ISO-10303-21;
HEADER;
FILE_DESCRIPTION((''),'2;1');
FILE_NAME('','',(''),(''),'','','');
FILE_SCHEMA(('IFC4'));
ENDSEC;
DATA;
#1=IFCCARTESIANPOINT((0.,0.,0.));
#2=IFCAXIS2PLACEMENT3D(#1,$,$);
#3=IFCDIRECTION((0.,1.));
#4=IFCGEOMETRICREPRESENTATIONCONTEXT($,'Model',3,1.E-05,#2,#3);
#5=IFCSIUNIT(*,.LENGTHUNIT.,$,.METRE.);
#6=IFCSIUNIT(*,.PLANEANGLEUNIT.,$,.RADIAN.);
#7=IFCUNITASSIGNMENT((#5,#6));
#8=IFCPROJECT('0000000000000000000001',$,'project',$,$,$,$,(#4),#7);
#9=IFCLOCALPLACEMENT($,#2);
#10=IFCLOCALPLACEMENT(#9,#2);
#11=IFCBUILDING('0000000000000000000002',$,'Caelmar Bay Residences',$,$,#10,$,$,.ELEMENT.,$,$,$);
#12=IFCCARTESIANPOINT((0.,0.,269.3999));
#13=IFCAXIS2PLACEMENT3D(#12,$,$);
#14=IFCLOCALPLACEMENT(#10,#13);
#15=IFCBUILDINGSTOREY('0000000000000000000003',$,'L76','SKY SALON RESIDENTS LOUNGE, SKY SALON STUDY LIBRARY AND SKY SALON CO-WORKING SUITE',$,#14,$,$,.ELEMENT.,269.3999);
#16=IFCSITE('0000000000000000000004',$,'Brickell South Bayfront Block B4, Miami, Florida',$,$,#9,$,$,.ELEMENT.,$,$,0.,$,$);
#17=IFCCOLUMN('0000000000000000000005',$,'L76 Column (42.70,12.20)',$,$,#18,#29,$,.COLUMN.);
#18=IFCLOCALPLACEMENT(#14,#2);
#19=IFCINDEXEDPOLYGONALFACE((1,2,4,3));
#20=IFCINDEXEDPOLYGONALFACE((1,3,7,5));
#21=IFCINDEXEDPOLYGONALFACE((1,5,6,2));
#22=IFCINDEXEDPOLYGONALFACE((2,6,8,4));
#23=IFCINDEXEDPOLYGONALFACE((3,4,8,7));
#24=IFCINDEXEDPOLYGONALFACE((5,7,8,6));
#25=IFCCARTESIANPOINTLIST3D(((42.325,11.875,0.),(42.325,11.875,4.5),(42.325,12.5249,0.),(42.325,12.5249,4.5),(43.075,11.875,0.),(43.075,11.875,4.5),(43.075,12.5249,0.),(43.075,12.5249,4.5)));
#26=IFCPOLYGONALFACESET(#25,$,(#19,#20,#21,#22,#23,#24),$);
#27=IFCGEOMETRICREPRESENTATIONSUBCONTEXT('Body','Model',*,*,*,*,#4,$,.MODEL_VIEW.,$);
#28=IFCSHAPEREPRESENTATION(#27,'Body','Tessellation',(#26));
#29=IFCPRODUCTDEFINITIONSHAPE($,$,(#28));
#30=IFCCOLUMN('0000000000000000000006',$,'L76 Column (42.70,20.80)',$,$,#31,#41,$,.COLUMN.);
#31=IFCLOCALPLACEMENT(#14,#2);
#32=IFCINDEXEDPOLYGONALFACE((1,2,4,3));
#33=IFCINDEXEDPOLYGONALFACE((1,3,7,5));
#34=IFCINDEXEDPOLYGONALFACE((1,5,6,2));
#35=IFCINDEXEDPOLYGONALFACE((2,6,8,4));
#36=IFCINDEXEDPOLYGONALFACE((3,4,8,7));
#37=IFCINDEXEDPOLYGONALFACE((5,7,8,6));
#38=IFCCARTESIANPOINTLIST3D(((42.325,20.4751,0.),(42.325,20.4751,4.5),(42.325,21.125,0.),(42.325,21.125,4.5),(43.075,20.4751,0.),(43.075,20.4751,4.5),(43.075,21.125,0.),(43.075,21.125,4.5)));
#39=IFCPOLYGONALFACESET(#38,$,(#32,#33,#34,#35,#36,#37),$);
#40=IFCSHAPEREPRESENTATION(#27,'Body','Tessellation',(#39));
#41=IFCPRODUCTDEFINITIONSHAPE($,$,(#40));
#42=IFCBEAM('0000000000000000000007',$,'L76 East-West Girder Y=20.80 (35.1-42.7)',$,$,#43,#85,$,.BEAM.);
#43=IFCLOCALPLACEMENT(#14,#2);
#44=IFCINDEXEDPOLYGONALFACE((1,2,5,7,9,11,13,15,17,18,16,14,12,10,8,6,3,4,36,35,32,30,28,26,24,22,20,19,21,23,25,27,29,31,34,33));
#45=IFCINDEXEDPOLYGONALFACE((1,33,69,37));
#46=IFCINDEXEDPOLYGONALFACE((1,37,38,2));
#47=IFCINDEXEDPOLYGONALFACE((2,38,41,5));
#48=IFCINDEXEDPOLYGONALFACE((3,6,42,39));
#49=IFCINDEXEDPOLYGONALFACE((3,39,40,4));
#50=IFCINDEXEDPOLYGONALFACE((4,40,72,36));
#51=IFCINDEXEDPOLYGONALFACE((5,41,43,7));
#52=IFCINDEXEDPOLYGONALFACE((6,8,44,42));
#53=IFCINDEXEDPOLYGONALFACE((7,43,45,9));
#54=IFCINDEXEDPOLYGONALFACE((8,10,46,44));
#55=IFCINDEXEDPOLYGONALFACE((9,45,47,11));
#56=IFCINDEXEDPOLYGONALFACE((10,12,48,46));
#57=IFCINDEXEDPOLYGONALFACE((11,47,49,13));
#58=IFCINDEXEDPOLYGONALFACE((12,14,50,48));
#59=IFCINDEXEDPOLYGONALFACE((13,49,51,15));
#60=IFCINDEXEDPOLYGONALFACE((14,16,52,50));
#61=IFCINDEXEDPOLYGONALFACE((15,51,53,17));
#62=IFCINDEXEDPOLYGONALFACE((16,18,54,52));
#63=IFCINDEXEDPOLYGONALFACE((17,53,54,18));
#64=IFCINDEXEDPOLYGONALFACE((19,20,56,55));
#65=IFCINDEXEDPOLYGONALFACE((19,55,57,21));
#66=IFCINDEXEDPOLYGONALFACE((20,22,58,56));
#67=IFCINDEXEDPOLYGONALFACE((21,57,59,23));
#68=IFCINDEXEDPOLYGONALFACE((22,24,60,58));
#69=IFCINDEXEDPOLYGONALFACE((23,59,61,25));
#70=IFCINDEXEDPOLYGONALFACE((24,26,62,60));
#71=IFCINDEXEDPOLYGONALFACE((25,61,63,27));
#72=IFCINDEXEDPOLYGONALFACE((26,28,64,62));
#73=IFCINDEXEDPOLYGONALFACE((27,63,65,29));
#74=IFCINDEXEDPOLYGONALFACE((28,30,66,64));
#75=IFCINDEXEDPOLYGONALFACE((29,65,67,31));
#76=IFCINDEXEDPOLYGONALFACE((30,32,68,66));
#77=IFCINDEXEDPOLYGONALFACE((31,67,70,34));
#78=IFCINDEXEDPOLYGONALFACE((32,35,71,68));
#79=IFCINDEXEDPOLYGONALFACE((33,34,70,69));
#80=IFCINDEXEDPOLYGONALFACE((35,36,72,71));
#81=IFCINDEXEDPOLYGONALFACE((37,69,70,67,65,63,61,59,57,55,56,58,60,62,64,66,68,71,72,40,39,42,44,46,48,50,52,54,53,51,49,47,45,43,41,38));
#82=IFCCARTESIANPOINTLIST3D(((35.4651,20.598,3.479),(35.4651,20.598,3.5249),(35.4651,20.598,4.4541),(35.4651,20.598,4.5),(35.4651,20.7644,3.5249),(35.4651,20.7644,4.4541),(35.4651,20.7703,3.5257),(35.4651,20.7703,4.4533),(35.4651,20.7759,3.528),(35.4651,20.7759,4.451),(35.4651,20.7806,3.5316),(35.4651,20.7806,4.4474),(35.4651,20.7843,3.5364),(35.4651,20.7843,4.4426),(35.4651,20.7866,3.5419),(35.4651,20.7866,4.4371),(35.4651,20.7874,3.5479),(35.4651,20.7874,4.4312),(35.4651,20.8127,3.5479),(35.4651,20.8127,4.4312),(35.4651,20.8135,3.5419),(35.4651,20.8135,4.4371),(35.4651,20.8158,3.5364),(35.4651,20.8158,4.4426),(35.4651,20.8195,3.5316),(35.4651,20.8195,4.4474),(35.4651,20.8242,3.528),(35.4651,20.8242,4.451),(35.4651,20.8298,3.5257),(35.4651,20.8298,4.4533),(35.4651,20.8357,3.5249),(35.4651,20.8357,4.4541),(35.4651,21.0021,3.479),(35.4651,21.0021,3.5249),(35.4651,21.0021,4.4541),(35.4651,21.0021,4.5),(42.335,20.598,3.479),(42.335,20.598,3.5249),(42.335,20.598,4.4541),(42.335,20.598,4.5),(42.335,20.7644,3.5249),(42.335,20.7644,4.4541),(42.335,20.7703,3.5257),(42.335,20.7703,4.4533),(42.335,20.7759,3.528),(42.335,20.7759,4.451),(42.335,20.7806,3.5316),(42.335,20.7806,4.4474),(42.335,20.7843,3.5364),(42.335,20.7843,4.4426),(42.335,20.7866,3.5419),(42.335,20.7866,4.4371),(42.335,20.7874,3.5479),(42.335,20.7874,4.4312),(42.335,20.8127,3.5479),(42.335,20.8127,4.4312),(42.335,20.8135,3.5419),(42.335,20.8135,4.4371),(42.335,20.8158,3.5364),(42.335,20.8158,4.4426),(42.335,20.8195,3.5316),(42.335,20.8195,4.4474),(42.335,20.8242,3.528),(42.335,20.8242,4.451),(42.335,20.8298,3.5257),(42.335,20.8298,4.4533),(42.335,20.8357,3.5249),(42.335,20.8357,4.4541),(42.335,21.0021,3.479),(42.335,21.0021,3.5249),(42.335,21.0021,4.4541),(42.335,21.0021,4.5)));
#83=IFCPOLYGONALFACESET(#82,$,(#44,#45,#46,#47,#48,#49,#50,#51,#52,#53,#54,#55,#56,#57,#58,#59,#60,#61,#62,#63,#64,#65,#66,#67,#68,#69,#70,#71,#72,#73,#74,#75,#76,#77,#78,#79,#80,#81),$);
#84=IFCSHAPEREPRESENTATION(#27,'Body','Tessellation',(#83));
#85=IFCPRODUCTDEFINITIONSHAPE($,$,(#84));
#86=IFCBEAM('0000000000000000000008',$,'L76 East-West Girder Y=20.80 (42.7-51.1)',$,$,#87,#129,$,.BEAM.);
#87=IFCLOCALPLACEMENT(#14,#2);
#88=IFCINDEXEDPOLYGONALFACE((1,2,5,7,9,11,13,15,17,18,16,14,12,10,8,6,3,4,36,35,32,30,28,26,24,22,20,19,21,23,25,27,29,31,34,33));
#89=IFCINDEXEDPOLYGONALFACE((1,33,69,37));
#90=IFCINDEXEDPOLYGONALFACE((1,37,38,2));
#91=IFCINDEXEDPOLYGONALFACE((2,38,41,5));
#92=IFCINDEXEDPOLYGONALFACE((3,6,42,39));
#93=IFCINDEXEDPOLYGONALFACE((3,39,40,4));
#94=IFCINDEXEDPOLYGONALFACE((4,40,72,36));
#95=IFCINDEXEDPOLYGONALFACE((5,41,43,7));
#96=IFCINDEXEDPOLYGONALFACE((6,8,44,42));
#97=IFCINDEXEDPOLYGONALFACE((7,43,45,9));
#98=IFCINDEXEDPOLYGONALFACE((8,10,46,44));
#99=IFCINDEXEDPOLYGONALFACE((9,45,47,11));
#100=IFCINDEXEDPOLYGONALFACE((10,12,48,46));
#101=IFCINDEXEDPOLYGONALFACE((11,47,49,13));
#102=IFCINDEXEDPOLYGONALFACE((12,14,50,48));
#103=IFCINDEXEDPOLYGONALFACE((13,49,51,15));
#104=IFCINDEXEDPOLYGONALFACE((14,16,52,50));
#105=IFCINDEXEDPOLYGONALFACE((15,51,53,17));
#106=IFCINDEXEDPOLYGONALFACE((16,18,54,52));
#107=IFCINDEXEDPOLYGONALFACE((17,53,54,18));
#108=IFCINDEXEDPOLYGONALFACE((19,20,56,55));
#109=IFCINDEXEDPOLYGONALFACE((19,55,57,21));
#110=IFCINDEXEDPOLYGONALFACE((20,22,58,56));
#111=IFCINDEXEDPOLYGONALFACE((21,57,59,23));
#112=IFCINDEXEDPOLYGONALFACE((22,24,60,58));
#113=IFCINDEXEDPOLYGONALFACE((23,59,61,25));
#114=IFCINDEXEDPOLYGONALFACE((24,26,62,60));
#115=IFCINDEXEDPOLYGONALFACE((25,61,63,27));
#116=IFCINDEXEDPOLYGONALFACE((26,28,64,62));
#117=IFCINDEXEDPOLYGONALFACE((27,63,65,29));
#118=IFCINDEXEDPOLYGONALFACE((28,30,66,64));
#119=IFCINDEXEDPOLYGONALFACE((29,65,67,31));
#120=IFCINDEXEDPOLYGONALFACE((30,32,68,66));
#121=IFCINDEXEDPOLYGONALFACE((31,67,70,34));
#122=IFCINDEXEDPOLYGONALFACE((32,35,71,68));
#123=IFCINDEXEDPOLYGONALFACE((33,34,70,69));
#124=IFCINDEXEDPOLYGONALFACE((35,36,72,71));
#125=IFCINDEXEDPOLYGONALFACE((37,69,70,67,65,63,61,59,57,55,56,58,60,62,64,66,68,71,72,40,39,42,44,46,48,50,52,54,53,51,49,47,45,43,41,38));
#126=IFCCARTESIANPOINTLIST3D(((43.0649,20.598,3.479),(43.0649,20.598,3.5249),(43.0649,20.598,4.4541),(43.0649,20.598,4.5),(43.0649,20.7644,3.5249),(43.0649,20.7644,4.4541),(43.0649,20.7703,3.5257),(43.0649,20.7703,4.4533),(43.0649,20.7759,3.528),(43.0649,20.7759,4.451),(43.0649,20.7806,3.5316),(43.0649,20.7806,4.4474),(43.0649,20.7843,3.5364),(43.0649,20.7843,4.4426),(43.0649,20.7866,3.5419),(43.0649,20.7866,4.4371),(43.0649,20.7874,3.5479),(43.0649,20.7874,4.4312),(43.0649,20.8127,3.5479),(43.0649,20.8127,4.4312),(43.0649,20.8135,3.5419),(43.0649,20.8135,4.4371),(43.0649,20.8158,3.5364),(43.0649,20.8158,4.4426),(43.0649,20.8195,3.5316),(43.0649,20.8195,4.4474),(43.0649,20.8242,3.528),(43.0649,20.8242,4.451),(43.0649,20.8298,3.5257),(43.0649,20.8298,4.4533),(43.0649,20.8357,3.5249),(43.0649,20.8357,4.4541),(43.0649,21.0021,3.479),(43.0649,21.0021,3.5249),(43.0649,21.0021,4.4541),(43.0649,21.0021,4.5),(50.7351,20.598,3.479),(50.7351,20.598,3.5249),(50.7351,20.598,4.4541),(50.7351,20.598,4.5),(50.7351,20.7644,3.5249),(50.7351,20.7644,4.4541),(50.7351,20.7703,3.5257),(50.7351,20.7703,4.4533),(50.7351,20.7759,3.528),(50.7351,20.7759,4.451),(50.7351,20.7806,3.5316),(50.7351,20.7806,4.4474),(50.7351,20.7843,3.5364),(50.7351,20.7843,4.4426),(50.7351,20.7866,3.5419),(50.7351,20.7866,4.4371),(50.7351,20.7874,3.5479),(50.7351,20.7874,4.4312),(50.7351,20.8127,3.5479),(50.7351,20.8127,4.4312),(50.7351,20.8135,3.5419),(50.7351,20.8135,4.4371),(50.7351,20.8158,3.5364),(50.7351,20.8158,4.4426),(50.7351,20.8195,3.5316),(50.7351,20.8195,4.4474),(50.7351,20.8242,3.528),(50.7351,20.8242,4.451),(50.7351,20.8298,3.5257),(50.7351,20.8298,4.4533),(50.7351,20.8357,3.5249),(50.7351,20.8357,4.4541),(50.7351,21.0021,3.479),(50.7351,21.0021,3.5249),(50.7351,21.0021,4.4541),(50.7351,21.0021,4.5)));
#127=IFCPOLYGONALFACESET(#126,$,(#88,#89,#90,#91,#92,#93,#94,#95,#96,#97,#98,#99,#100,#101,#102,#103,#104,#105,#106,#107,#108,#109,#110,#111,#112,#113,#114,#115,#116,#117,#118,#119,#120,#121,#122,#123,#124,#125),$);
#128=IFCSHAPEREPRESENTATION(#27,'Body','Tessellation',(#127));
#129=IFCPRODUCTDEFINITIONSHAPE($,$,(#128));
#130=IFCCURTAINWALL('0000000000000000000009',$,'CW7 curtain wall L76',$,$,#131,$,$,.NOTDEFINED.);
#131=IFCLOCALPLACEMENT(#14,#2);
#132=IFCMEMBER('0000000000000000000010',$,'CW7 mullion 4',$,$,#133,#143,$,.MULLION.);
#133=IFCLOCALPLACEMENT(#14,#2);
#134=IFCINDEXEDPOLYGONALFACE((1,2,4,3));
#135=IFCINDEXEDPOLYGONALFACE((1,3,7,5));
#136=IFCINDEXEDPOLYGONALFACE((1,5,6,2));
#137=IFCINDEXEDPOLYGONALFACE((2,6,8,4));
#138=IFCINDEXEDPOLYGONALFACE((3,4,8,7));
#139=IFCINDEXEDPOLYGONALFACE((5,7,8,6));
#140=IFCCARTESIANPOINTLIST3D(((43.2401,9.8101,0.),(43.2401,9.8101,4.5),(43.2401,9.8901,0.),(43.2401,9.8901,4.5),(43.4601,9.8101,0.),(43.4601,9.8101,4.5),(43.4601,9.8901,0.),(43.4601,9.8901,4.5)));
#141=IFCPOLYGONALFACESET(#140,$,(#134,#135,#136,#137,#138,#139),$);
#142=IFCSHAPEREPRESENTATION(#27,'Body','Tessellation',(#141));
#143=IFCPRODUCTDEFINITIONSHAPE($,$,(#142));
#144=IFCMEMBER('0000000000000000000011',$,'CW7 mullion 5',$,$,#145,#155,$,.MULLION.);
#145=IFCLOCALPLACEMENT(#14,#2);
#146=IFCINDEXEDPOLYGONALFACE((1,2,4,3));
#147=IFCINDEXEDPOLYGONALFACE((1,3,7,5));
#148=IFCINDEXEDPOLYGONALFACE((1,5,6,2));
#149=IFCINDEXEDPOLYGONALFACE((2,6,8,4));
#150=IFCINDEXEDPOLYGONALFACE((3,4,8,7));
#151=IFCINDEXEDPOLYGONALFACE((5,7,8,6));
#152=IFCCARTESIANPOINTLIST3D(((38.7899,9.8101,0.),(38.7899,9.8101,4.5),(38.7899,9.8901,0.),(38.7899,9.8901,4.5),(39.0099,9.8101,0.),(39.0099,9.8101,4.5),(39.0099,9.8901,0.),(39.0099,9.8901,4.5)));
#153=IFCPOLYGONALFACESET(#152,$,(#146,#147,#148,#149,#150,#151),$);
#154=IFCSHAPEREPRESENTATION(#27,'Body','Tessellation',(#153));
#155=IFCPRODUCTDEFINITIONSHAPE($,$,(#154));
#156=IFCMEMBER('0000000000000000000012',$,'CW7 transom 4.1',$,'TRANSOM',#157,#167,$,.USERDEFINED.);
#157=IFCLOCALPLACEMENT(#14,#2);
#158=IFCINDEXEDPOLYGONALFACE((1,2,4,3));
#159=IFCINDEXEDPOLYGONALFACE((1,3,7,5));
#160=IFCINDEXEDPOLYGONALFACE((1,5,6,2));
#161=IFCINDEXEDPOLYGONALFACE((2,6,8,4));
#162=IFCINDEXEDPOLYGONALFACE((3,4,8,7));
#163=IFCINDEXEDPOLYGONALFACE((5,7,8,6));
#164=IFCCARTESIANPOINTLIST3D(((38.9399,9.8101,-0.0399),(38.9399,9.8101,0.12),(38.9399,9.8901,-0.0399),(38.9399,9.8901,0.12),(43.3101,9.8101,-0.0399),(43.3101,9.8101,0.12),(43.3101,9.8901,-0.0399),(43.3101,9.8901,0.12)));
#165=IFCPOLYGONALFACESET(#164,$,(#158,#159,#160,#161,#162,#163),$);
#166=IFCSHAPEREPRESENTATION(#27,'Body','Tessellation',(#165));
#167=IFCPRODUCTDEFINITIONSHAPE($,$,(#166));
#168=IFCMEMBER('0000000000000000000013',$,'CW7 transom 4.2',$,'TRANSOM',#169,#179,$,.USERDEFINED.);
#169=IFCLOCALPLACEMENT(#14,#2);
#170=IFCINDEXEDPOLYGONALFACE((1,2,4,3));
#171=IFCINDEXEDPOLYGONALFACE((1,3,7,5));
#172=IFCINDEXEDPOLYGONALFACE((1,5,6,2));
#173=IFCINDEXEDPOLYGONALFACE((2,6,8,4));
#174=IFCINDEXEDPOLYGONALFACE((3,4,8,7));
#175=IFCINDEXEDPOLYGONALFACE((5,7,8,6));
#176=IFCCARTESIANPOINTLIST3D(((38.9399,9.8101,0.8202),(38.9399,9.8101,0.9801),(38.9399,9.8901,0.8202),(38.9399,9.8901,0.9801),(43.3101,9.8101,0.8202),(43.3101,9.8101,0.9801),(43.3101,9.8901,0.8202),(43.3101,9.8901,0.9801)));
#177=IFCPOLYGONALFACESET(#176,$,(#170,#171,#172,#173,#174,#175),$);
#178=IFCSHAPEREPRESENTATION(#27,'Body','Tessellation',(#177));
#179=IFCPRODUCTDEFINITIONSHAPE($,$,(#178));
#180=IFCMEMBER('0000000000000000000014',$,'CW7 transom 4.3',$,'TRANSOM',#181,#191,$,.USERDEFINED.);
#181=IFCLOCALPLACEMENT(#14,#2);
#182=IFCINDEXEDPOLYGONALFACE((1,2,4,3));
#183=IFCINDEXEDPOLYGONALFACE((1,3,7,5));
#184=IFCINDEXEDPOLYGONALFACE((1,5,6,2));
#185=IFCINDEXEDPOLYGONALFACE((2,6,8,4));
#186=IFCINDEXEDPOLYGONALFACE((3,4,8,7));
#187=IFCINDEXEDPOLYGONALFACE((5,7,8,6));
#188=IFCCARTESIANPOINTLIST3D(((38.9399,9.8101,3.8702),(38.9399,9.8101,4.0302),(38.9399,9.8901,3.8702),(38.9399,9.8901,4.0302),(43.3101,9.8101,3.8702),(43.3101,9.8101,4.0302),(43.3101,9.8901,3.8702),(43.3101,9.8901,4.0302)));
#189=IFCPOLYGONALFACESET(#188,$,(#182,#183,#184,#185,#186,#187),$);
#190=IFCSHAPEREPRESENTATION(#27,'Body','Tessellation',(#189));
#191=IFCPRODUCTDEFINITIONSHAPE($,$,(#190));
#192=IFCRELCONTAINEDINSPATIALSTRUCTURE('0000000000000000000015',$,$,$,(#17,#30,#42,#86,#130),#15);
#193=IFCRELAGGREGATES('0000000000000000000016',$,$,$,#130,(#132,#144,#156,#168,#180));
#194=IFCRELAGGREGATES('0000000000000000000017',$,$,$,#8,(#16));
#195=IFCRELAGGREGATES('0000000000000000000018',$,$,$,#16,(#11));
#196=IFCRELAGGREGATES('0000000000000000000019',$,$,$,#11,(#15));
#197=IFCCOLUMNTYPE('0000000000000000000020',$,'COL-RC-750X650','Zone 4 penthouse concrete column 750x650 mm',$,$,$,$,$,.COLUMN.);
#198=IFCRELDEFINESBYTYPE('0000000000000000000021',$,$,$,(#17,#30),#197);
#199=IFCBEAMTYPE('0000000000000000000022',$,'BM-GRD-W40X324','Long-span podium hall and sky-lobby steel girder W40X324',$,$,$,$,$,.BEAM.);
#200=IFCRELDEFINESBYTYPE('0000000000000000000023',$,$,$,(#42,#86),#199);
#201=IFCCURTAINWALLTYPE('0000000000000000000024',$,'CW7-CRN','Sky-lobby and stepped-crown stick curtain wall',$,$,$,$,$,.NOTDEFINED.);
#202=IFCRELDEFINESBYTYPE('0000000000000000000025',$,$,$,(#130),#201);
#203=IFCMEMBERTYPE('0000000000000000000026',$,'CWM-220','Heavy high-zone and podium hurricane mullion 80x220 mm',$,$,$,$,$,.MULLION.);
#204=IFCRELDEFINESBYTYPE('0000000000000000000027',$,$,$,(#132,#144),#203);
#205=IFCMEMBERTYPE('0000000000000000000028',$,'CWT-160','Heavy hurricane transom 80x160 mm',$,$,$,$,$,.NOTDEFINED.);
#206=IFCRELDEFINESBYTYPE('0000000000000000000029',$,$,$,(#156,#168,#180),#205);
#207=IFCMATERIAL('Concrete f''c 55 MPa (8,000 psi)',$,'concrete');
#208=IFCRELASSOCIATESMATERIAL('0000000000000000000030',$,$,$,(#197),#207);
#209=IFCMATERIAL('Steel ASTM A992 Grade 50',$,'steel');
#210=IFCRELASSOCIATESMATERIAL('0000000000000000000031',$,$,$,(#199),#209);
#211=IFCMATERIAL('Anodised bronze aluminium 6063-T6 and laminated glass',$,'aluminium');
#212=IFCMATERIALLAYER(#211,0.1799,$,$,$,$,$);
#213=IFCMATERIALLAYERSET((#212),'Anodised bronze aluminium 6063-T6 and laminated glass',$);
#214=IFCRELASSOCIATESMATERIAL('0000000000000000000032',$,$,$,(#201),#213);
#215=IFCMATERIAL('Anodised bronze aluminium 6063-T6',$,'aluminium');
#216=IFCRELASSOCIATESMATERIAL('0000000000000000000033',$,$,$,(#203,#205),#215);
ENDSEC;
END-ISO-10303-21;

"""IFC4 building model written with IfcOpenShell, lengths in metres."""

from ifc_helpers import new_model, si_unit, direction, frame, origin, origin_2d, place, context, subcontext, project, spatial, rectangle, i_section, extrude, material, layer, layer_set, material_profile, profile_set, type_object, element, aggregate, save


model = new_model("IFC4")

# Units and contexts
model_context = context("Model", 3, precision=1e-05, world=origin(), true_north=direction((0.0, 1.0)))
body_context = subcontext(model_context, "Body", "Model", "MODEL_VIEW")
ifc_project = project(units=[si_unit("LENGTHUNIT", "METRE"), si_unit("PLANEANGLEUNIT", "RADIAN")], contexts=[model_context])

# Site, building, storey
site_placement = place(None, origin())
site = spatial("IfcSite", under=ifc_project, at=site_placement, Name="Brickell South Bayfront Block B4, Miami, Florida", CompositionType="ELEMENT", RefElevation=0.0)
building_placement = place(site_placement, origin())
building = spatial("IfcBuilding", under=site, at=building_placement, Name="Caelmar Bay Residences", CompositionType="ELEMENT")
storey_placement = place(building_placement, frame((0.0, 0.0, 269.3999)))
storey = spatial("IfcBuildingStorey", under=building, at=storey_placement, Name="L76", Description="SKY SALON RESIDENTS LOUNGE, SKY SALON STUDY LIBRARY AND SKY SALON CO-WORKING SUITE", CompositionType="ELEMENT", Elevation=269.3999)

# Columns
ifc_material_1 = material(Name="Concrete f'c 55 MPa (8,000 psi)", Category="concrete")
ifc_material_profile_1 = material_profile(ifc_material_1, rectangle(XDim=0.75, YDim=0.6499, at=origin_2d()), Name="RC-COL-750X650")
ifc_profile_set_1 = profile_set([ifc_material_profile_1], Name="Concrete f'c 55 MPa (8,000 psi)")
column_type = type_object("IfcColumnType", Name="COL-RC-750X650", Description="Zone 4 penthouse concrete column 750x650 mm", PredefinedType="COLUMN", material=ifc_profile_set_1)
for number, where, z_axis, x_axis, name in (
    (1, (42.7, 12.2, 0.0), (0.0, 0.0, 1.0), (1.0, 0.0, 0.0), "L76 Column (42.70,12.20)"),
    (2, (42.7, 20.8, 0.0), (0.0, 0.0, 1.0), (1.0, 0.0, 0.0), "L76 Column (42.70,20.80)"),
):
    element("IfcColumn", number, at=place(storey_placement, frame(where, z_axis=z_axis, x_axis=x_axis)), inside=storey, type_object=column_type, Name=name, PredefinedType="COLUMN", context=body_context, shape_type="SweptSolid", body=[
        extrude(rectangle(XDim=0.75, YDim=0.6499, at=origin_2d()), origin(), (0.0, 0.0, 1.0), 4.5),
    ])

# Beams
ifc_material_2 = material(Name="Steel ASTM A992 Grade 50", Category="steel")
ifc_material_profile_2 = material_profile(ifc_material_2, i_section(OverallWidth=0.4041, OverallDepth=1.021, WebThickness=0.0254, FlangeThickness=0.0459, FilletRadius=0.0229, at=origin_2d()), Name="W40X324")
ifc_profile_set_2 = profile_set([ifc_material_profile_2], Name="Steel ASTM A992 Grade 50")
beam_type = type_object("IfcBeamType", Name="BM-GRD-W40X324", Description="Long-span podium hall and sky-lobby steel girder W40X324", PredefinedType="BEAM", material=ifc_profile_set_2)
beam_1_placement = place(storey_placement, frame((35.4651, 20.8, 3.9895), z_axis=(1.0, 0.0, 0.0), x_axis=(0.0, 1.0, 0.0)))
element("IfcBeam", 3, at=beam_1_placement, inside=storey, type_object=beam_type, Name="L76 East-West Girder Y=20.80 (35.1-42.7)", PredefinedType="BEAM", context=body_context, shape_type="SweptSolid", body=[
    extrude(i_section(OverallWidth=0.4041, OverallDepth=1.021, WebThickness=0.0254, FlangeThickness=0.0459, FilletRadius=0.0229, at=origin_2d()), origin(), (0.0, 0.0, 1.0), 6.8699),
])
beam_2_placement = place(storey_placement, frame((43.0649, 20.8, 3.9895), z_axis=(1.0, 0.0, 0.0), x_axis=(0.0, 1.0, 0.0)))
element("IfcBeam", 4, at=beam_2_placement, inside=storey, type_object=beam_type, Name="L76 East-West Girder Y=20.80 (42.7-51.1)", PredefinedType="BEAM", context=body_context, shape_type="SweptSolid", body=[
    extrude(i_section(OverallWidth=0.4041, OverallDepth=1.021, WebThickness=0.0254, FlangeThickness=0.0459, FilletRadius=0.0229, at=origin_2d()), origin(), (0.0, 0.0, 1.0), 7.6702),
])

# Curtain wall, members
ifc_material_3 = material(Name="Anodised bronze aluminium 6063-T6 and laminated glass", Category="aluminium")
ifc_layer_1 = layer(ifc_material_3, 0.1799)
ifc_layer_set_1 = layer_set([ifc_layer_1], Name="Anodised bronze aluminium 6063-T6 and laminated glass")
curtain_wall_type = type_object("IfcCurtainWallType", Name="CW7-CRN", Description="Sky-lobby and stepped-crown stick curtain wall", PredefinedType="NOTDEFINED", material=ifc_layer_set_1)
curtain_wall_placement = place(storey_placement, origin())
curtain_wall = element("IfcCurtainWall", 5, at=curtain_wall_placement, inside=storey, type_object=curtain_wall_type, Name="CW7 curtain wall L76", PredefinedType="NOTDEFINED")
ifc_material_4 = material(Name="Anodised bronze aluminium 6063-T6", Category="aluminium")
ifc_material_profile_3 = material_profile(ifc_material_4, rectangle(XDim=0.0801, YDim=0.22, at=origin_2d()), Name="CWM-80X220")
ifc_profile_set_3 = profile_set([ifc_material_profile_3], Name="Anodised bronze aluminium 6063-T6")
member_type_1 = type_object("IfcMemberType", Name="CWM-220", Description="Heavy high-zone and podium hurricane mullion 80x220 mm", PredefinedType="MULLION", material=ifc_profile_set_3)
member_1_placement = place(storey_placement, frame((43.3501, 9.8501, 0.0), z_axis=(0.0, 0.0, 1.0), x_axis=(0.0, -1.0, 0.0)))
member_1 = element("IfcMember", 6, at=member_1_placement, type_object=member_type_1, Name="CW7 mullion 4", PredefinedType="MULLION", context=body_context, shape_type="SweptSolid", body=[
    extrude(rectangle(XDim=0.0801, YDim=0.22, at=origin_2d()), origin(), (0.0, 0.0, 1.0), 4.5),
])
member_2_placement = place(storey_placement, frame((38.8999, 9.8501, 0.0), z_axis=(0.0, 0.0, 1.0), x_axis=(0.0, -1.0, 0.0)))
member_2 = element("IfcMember", 7, at=member_2_placement, type_object=member_type_1, Name="CW7 mullion 5", PredefinedType="MULLION", context=body_context, shape_type="SweptSolid", body=[
    extrude(rectangle(XDim=0.0801, YDim=0.22, at=origin_2d()), origin(), (0.0, 0.0, 1.0), 4.5),
])
ifc_material_profile_4 = material_profile(ifc_material_4, rectangle(XDim=0.0801, YDim=0.1599, at=origin_2d()), Name="CWT-80X160")
ifc_profile_set_4 = profile_set([ifc_material_profile_4], Name="Anodised bronze aluminium 6063-T6")
member_type_2 = type_object("IfcMemberType", Name="CWT-160", Description="Heavy hurricane transom 80x160 mm", PredefinedType="NOTDEFINED", material=ifc_profile_set_4)
member_3_placement = place(storey_placement, frame((43.3101, 9.8501, 0.04), z_axis=(-1.0, 0.0, 0.0), x_axis=(0.0, -1.0, 0.0)))
member_3 = element("IfcMember", 8, at=member_3_placement, type_object=member_type_2, Name="CW7 transom 4.1", ObjectType="TRANSOM", PredefinedType="USERDEFINED", context=body_context, shape_type="SweptSolid", body=[
    extrude(rectangle(XDim=0.0801, YDim=0.1599, at=origin_2d()), origin(), (0.0, 0.0, 1.0), 4.3701),
])
member_4_placement = place(storey_placement, frame((43.3101, 9.8501, 0.9001), z_axis=(-1.0, 0.0, 0.0), x_axis=(0.0, -1.0, 0.0)))
member_4 = element("IfcMember", 9, at=member_4_placement, type_object=member_type_2, Name="CW7 transom 4.2", ObjectType="TRANSOM", PredefinedType="USERDEFINED", context=body_context, shape_type="SweptSolid", body=[
    extrude(rectangle(XDim=0.0801, YDim=0.1599, at=origin_2d()), origin(), (0.0, 0.0, 1.0), 4.3701),
])
member_5_placement = place(storey_placement, frame((43.3101, 9.8501, 3.9502), z_axis=(-1.0, 0.0, 0.0), x_axis=(0.0, -1.0, 0.0)))
member_5 = element("IfcMember", 10, at=member_5_placement, type_object=member_type_2, Name="CW7 transom 4.3", ObjectType="TRANSOM", PredefinedType="USERDEFINED", context=body_context, shape_type="SweptSolid", body=[
    extrude(rectangle(XDim=0.0801, YDim=0.1599, at=origin_2d()), origin(), (0.0, 0.0, 1.0), 4.3701),
])
aggregate(curtain_wall, [member_1, member_2, member_3, member_4, member_5])

save(model, "model.ifc")
